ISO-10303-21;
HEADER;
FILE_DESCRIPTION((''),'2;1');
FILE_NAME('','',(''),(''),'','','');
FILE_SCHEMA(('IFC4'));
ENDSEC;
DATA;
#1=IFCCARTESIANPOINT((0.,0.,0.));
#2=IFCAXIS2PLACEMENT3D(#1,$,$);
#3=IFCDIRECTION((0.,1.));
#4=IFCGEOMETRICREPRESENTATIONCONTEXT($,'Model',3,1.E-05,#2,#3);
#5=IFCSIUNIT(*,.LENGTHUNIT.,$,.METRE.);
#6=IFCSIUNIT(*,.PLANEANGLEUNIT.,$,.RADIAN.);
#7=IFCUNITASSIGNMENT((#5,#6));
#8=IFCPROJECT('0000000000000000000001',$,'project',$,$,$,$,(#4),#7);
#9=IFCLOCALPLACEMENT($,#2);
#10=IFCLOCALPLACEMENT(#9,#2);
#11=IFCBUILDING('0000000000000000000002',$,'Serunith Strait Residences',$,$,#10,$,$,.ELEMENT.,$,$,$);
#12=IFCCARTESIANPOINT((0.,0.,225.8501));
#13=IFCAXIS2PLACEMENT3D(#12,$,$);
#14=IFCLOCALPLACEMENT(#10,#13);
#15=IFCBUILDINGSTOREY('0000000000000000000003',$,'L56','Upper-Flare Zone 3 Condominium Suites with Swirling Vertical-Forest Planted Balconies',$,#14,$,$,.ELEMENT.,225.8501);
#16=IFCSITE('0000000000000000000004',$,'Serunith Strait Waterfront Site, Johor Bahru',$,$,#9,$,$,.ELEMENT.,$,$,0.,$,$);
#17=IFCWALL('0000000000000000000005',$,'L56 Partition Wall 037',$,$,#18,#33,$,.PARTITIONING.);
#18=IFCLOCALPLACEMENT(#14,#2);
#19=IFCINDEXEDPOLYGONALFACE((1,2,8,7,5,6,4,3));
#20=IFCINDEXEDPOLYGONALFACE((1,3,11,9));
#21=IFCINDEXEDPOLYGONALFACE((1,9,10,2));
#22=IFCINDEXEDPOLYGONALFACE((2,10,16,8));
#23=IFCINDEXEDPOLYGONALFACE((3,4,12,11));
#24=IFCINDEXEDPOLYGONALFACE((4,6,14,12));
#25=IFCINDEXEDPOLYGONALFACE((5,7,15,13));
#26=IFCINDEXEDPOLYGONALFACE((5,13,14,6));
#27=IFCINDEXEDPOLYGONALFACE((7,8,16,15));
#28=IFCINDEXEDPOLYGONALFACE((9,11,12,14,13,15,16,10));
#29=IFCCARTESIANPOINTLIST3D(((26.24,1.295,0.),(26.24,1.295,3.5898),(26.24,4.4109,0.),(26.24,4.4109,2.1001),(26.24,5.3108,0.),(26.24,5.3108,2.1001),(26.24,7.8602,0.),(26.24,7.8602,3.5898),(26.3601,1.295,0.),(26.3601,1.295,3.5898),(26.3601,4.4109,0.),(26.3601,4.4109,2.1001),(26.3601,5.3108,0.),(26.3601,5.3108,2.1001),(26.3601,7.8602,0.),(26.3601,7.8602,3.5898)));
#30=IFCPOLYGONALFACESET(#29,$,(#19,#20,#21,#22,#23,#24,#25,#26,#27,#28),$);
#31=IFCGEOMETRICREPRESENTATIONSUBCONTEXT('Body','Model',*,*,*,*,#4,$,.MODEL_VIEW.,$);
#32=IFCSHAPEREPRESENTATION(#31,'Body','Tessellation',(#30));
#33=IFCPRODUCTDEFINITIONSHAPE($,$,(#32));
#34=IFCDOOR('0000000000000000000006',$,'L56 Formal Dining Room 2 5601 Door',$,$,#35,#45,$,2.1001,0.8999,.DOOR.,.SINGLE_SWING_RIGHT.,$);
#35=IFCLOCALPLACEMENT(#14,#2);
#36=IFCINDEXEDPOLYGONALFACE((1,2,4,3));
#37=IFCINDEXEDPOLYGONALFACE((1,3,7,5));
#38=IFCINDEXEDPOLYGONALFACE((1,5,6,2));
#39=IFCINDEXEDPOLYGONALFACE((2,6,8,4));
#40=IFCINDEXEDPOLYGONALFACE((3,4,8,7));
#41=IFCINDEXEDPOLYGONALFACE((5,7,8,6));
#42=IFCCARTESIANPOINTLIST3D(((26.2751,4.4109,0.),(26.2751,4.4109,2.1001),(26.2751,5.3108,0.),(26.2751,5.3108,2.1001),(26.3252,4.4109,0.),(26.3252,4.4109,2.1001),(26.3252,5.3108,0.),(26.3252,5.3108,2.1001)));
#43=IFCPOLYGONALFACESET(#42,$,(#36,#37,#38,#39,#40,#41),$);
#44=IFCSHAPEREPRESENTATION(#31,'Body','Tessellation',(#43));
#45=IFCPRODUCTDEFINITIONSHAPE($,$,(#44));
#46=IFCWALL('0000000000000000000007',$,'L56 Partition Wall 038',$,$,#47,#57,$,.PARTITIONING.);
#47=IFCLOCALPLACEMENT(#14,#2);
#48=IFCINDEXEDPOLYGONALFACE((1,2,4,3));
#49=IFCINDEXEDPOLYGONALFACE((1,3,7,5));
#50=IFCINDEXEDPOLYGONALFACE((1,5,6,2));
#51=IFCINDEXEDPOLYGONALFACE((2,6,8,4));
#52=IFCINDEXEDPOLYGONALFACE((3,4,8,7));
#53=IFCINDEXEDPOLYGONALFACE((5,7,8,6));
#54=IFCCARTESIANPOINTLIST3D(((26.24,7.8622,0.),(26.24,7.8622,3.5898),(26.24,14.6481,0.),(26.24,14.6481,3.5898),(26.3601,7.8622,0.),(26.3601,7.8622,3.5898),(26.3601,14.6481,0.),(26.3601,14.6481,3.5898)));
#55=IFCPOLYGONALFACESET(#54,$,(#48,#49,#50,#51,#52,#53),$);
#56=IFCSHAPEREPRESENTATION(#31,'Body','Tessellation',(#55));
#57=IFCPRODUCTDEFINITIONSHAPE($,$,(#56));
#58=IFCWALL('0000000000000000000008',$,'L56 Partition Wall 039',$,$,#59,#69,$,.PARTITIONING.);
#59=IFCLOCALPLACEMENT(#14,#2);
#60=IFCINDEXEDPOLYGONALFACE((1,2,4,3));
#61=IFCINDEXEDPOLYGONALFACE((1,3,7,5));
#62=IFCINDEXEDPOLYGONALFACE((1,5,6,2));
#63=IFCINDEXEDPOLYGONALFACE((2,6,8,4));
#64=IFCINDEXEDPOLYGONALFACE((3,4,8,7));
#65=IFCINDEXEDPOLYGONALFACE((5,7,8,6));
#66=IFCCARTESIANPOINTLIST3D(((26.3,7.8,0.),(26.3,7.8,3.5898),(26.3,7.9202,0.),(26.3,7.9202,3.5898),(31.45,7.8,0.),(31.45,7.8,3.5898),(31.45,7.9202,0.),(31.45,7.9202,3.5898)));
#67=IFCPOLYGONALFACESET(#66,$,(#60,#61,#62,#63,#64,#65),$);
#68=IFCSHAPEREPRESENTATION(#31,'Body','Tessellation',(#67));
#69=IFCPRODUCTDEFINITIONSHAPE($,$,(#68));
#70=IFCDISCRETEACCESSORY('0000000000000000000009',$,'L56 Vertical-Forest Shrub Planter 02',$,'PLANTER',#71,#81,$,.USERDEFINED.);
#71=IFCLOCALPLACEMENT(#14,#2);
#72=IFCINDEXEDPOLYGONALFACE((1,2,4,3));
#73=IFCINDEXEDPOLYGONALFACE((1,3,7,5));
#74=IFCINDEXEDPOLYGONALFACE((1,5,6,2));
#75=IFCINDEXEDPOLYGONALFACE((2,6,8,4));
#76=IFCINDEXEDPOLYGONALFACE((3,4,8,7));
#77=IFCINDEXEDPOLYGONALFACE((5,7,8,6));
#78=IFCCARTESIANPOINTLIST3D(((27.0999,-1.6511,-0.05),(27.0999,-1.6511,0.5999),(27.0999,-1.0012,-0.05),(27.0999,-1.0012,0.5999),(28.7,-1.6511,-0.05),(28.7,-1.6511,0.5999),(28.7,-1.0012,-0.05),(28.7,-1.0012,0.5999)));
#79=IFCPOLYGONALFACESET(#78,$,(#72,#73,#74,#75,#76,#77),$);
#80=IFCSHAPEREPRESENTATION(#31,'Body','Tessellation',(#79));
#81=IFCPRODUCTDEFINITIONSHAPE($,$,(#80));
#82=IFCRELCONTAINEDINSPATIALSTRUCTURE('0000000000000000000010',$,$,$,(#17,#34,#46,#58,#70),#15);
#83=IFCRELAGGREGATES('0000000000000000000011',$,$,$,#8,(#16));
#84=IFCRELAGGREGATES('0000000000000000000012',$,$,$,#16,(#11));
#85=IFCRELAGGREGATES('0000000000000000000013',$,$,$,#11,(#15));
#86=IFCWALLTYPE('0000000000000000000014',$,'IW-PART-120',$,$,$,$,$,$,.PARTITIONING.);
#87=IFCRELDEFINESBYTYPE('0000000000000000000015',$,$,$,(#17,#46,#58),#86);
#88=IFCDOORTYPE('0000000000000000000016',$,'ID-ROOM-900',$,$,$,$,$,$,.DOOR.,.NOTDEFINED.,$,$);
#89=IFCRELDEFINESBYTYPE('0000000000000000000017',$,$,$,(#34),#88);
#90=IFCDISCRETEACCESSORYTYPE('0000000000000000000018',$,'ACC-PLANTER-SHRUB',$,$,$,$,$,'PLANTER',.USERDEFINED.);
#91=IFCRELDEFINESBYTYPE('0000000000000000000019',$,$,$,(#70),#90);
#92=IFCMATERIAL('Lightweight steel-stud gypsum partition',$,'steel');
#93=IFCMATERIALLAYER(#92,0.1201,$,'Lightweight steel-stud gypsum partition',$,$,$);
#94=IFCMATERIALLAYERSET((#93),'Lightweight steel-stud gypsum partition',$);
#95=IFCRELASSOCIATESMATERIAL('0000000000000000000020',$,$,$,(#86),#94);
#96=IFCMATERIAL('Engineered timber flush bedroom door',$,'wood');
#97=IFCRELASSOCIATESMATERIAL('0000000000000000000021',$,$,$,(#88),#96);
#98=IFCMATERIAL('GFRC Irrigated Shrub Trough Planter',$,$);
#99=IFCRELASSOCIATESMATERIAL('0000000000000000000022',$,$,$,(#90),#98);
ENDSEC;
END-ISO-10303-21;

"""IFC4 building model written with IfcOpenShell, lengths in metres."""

from ifc_helpers import new_model, si_unit, direction, frame, frame_2d, origin, origin_2d, place, context, subcontext, project, spatial, rectangle, extrude, source, transform, mapped, material, layer, layer_set, type_object, element, fill, save


model = new_model("IFC4")

# Units and contexts
model_context = context("Model", 3, precision=1e-05, world=origin(), true_north=direction((0.0, 1.0)))
body_context = subcontext(model_context, "Body", "Model", "MODEL_VIEW")
ifc_project = project(units=[si_unit("LENGTHUNIT", "METRE"), si_unit("PLANEANGLEUNIT", "RADIAN")], contexts=[model_context])

# Site, building, storey
site_placement = place(None, origin())
site = spatial("IfcSite", under=ifc_project, at=site_placement, Name="Serunith Strait Waterfront Site, Johor Bahru", CompositionType="ELEMENT", RefElevation=0.0)
building_placement = place(site_placement, origin())
building = spatial("IfcBuilding", under=site, at=building_placement, Name="Serunith Strait Residences", CompositionType="ELEMENT")
storey_placement = place(building_placement, frame((0.0, 0.0, 225.8501)))
storey = spatial("IfcBuildingStorey", under=building, at=storey_placement, Name="L56", Description="Upper-Flare Zone 3 Condominium Suites with Swirling Vertical-Forest Planted Balconies", CompositionType="ELEMENT", Elevation=225.8501)

# Wall, opening, door
ifc_material_1 = material(Name="Lightweight steel-stud gypsum partition", Category="steel")
ifc_layer_1 = layer(ifc_material_1, 0.1201, Name="Lightweight steel-stud gypsum partition")
ifc_layer_set_1 = layer_set([ifc_layer_1], Name="Lightweight steel-stud gypsum partition")
wall_type = type_object("IfcWallType", Name="IW-PART-120", PredefinedType="PARTITIONING", material=ifc_layer_set_1)
ifc_material_2 = material(Name="Engineered timber flush bedroom door", Category="wood")
door_type_1 = type_object("IfcDoorType", Name="ID-ROOM-900", OperationType="NOTDEFINED", PredefinedType="DOOR", material=ifc_material_2)
shared_shape_1 = source(origin(), body_context, "Body", "SweptSolid", [
    extrude(rectangle(XDim=0.8999, YDim=2.1001, at=frame_2d((0.45, 1.05))), frame((0.0, 0.0249, 0.0), z_axis=(0.0, -1.0, 0.0), x_axis=(1.0, 0.0, 0.0)), (0.0, 0.0, 1.0), 0.05),
])
wall_1_placement = place(storey_placement, frame((26.3, 1.2949, 0.0), z_axis=(0.0, 0.0, 1.0), x_axis=(0.0, 1.0, 0.0)))
wall_1 = element("IfcWall", 1, at=wall_1_placement, inside=storey, type_object=wall_type, Name="L56 Partition Wall 037", PredefinedType="PARTITIONING", context=body_context, shape_type="SweptSolid", body=[
    extrude(rectangle(XDim=6.5652, YDim=0.1201, at=frame_2d((3.2827, 0.0))), origin(), (0.0, 0.0, 1.0), 3.5898),
])
opening_1_placement = place(wall_1_placement, frame((3.116, 0.0, 0.0)))
opening_1 = element("IfcOpeningElement", 2, at=opening_1_placement, cuts=wall_1, PredefinedType="OPENING", context=body_context, shape_type="SweptSolid", body=[
    extrude(rectangle(XDim=0.8999, YDim=2.1001, at=frame_2d((0.45, 1.05))), frame((0.0, 0.0701, 0.0), z_axis=(0.0, -1.0, 0.0), x_axis=(1.0, 0.0, 0.0)), (0.0, 0.0, 1.0), 0.1401),
])
door_1_placement = place(opening_1_placement, origin())
door_1 = element("IfcDoor", 3, at=door_1_placement, inside=storey, type_object=door_type_1, Name="L56 Formal Dining Room 2 5601 Door", OperationType="SINGLE_SWING_RIGHT", OverallHeight=2.1001, OverallWidth=0.8999, PredefinedType="DOOR", context=body_context, shape_type="MappedRepresentation", body=[
    mapped(shared_shape_1, transform((0.0, 0.0, 0.0), scale=1.0)),
])
fill(opening_1, door_1)

# Walls
wall_2_placement = place(storey_placement, frame((26.3, 7.8621, 0.0), z_axis=(0.0, 0.0, 1.0), x_axis=(0.0, 1.0, 0.0)))
element("IfcWall", 4, at=wall_2_placement, inside=storey, type_object=wall_type, Name="L56 Partition Wall 038", PredefinedType="PARTITIONING", context=body_context, shape_type="SweptSolid", body=[
    extrude(rectangle(XDim=6.7859, YDim=0.1201, at=frame_2d((3.3931, 0.0))), origin(), (0.0, 0.0, 1.0), 3.5898),
])
wall_3_placement = place(storey_placement, frame((26.3, 7.8601, 0.0), z_axis=(0.0, 0.0, 1.0), x_axis=(1.0, 0.0, 0.0)))
element("IfcWall", 5, at=wall_3_placement, inside=storey, type_object=wall_type, Name="L56 Partition Wall 039", PredefinedType="PARTITIONING", context=body_context, shape_type="SweptSolid", body=[
    extrude(rectangle(XDim=5.1499, YDim=0.1201, at=frame_2d((2.575, 0.0))), origin(), (0.0, 0.0, 1.0), 3.5898),
])

# Discrete accessory
ifc_material_3 = material(Name="GFRC Irrigated Shrub Trough Planter")
discrete_accessory_type = type_object("IfcDiscreteAccessoryType", Name="ACC-PLANTER-SHRUB", ElementType="PLANTER", PredefinedType="USERDEFINED", material=ifc_material_3)
shared_shape_2 = source(origin(), body_context, "Body", "SweptSolid", [
    extrude(rectangle(XDim=1.6001, YDim=0.6499, at=origin_2d()), origin(), (0.0, 0.0, 1.0), 0.6499),
])
discrete_accessory_placement = place(storey_placement, frame((27.8999, -1.3262, -0.05), z_axis=(0.0, 0.0, 1.0), x_axis=(1.0, 0.0, 0.0)))
element("IfcDiscreteAccessory", 6, at=discrete_accessory_placement, inside=storey, type_object=discrete_accessory_type, Name="L56 Vertical-Forest Shrub Planter 02", ObjectType="PLANTER", PredefinedType="USERDEFINED", context=body_context, shape_type="MappedRepresentation", body=[
    mapped(shared_shape_2, transform((0.0, 0.0, 0.0), scale=1.0)),
])

save(model, "model.ifc")
